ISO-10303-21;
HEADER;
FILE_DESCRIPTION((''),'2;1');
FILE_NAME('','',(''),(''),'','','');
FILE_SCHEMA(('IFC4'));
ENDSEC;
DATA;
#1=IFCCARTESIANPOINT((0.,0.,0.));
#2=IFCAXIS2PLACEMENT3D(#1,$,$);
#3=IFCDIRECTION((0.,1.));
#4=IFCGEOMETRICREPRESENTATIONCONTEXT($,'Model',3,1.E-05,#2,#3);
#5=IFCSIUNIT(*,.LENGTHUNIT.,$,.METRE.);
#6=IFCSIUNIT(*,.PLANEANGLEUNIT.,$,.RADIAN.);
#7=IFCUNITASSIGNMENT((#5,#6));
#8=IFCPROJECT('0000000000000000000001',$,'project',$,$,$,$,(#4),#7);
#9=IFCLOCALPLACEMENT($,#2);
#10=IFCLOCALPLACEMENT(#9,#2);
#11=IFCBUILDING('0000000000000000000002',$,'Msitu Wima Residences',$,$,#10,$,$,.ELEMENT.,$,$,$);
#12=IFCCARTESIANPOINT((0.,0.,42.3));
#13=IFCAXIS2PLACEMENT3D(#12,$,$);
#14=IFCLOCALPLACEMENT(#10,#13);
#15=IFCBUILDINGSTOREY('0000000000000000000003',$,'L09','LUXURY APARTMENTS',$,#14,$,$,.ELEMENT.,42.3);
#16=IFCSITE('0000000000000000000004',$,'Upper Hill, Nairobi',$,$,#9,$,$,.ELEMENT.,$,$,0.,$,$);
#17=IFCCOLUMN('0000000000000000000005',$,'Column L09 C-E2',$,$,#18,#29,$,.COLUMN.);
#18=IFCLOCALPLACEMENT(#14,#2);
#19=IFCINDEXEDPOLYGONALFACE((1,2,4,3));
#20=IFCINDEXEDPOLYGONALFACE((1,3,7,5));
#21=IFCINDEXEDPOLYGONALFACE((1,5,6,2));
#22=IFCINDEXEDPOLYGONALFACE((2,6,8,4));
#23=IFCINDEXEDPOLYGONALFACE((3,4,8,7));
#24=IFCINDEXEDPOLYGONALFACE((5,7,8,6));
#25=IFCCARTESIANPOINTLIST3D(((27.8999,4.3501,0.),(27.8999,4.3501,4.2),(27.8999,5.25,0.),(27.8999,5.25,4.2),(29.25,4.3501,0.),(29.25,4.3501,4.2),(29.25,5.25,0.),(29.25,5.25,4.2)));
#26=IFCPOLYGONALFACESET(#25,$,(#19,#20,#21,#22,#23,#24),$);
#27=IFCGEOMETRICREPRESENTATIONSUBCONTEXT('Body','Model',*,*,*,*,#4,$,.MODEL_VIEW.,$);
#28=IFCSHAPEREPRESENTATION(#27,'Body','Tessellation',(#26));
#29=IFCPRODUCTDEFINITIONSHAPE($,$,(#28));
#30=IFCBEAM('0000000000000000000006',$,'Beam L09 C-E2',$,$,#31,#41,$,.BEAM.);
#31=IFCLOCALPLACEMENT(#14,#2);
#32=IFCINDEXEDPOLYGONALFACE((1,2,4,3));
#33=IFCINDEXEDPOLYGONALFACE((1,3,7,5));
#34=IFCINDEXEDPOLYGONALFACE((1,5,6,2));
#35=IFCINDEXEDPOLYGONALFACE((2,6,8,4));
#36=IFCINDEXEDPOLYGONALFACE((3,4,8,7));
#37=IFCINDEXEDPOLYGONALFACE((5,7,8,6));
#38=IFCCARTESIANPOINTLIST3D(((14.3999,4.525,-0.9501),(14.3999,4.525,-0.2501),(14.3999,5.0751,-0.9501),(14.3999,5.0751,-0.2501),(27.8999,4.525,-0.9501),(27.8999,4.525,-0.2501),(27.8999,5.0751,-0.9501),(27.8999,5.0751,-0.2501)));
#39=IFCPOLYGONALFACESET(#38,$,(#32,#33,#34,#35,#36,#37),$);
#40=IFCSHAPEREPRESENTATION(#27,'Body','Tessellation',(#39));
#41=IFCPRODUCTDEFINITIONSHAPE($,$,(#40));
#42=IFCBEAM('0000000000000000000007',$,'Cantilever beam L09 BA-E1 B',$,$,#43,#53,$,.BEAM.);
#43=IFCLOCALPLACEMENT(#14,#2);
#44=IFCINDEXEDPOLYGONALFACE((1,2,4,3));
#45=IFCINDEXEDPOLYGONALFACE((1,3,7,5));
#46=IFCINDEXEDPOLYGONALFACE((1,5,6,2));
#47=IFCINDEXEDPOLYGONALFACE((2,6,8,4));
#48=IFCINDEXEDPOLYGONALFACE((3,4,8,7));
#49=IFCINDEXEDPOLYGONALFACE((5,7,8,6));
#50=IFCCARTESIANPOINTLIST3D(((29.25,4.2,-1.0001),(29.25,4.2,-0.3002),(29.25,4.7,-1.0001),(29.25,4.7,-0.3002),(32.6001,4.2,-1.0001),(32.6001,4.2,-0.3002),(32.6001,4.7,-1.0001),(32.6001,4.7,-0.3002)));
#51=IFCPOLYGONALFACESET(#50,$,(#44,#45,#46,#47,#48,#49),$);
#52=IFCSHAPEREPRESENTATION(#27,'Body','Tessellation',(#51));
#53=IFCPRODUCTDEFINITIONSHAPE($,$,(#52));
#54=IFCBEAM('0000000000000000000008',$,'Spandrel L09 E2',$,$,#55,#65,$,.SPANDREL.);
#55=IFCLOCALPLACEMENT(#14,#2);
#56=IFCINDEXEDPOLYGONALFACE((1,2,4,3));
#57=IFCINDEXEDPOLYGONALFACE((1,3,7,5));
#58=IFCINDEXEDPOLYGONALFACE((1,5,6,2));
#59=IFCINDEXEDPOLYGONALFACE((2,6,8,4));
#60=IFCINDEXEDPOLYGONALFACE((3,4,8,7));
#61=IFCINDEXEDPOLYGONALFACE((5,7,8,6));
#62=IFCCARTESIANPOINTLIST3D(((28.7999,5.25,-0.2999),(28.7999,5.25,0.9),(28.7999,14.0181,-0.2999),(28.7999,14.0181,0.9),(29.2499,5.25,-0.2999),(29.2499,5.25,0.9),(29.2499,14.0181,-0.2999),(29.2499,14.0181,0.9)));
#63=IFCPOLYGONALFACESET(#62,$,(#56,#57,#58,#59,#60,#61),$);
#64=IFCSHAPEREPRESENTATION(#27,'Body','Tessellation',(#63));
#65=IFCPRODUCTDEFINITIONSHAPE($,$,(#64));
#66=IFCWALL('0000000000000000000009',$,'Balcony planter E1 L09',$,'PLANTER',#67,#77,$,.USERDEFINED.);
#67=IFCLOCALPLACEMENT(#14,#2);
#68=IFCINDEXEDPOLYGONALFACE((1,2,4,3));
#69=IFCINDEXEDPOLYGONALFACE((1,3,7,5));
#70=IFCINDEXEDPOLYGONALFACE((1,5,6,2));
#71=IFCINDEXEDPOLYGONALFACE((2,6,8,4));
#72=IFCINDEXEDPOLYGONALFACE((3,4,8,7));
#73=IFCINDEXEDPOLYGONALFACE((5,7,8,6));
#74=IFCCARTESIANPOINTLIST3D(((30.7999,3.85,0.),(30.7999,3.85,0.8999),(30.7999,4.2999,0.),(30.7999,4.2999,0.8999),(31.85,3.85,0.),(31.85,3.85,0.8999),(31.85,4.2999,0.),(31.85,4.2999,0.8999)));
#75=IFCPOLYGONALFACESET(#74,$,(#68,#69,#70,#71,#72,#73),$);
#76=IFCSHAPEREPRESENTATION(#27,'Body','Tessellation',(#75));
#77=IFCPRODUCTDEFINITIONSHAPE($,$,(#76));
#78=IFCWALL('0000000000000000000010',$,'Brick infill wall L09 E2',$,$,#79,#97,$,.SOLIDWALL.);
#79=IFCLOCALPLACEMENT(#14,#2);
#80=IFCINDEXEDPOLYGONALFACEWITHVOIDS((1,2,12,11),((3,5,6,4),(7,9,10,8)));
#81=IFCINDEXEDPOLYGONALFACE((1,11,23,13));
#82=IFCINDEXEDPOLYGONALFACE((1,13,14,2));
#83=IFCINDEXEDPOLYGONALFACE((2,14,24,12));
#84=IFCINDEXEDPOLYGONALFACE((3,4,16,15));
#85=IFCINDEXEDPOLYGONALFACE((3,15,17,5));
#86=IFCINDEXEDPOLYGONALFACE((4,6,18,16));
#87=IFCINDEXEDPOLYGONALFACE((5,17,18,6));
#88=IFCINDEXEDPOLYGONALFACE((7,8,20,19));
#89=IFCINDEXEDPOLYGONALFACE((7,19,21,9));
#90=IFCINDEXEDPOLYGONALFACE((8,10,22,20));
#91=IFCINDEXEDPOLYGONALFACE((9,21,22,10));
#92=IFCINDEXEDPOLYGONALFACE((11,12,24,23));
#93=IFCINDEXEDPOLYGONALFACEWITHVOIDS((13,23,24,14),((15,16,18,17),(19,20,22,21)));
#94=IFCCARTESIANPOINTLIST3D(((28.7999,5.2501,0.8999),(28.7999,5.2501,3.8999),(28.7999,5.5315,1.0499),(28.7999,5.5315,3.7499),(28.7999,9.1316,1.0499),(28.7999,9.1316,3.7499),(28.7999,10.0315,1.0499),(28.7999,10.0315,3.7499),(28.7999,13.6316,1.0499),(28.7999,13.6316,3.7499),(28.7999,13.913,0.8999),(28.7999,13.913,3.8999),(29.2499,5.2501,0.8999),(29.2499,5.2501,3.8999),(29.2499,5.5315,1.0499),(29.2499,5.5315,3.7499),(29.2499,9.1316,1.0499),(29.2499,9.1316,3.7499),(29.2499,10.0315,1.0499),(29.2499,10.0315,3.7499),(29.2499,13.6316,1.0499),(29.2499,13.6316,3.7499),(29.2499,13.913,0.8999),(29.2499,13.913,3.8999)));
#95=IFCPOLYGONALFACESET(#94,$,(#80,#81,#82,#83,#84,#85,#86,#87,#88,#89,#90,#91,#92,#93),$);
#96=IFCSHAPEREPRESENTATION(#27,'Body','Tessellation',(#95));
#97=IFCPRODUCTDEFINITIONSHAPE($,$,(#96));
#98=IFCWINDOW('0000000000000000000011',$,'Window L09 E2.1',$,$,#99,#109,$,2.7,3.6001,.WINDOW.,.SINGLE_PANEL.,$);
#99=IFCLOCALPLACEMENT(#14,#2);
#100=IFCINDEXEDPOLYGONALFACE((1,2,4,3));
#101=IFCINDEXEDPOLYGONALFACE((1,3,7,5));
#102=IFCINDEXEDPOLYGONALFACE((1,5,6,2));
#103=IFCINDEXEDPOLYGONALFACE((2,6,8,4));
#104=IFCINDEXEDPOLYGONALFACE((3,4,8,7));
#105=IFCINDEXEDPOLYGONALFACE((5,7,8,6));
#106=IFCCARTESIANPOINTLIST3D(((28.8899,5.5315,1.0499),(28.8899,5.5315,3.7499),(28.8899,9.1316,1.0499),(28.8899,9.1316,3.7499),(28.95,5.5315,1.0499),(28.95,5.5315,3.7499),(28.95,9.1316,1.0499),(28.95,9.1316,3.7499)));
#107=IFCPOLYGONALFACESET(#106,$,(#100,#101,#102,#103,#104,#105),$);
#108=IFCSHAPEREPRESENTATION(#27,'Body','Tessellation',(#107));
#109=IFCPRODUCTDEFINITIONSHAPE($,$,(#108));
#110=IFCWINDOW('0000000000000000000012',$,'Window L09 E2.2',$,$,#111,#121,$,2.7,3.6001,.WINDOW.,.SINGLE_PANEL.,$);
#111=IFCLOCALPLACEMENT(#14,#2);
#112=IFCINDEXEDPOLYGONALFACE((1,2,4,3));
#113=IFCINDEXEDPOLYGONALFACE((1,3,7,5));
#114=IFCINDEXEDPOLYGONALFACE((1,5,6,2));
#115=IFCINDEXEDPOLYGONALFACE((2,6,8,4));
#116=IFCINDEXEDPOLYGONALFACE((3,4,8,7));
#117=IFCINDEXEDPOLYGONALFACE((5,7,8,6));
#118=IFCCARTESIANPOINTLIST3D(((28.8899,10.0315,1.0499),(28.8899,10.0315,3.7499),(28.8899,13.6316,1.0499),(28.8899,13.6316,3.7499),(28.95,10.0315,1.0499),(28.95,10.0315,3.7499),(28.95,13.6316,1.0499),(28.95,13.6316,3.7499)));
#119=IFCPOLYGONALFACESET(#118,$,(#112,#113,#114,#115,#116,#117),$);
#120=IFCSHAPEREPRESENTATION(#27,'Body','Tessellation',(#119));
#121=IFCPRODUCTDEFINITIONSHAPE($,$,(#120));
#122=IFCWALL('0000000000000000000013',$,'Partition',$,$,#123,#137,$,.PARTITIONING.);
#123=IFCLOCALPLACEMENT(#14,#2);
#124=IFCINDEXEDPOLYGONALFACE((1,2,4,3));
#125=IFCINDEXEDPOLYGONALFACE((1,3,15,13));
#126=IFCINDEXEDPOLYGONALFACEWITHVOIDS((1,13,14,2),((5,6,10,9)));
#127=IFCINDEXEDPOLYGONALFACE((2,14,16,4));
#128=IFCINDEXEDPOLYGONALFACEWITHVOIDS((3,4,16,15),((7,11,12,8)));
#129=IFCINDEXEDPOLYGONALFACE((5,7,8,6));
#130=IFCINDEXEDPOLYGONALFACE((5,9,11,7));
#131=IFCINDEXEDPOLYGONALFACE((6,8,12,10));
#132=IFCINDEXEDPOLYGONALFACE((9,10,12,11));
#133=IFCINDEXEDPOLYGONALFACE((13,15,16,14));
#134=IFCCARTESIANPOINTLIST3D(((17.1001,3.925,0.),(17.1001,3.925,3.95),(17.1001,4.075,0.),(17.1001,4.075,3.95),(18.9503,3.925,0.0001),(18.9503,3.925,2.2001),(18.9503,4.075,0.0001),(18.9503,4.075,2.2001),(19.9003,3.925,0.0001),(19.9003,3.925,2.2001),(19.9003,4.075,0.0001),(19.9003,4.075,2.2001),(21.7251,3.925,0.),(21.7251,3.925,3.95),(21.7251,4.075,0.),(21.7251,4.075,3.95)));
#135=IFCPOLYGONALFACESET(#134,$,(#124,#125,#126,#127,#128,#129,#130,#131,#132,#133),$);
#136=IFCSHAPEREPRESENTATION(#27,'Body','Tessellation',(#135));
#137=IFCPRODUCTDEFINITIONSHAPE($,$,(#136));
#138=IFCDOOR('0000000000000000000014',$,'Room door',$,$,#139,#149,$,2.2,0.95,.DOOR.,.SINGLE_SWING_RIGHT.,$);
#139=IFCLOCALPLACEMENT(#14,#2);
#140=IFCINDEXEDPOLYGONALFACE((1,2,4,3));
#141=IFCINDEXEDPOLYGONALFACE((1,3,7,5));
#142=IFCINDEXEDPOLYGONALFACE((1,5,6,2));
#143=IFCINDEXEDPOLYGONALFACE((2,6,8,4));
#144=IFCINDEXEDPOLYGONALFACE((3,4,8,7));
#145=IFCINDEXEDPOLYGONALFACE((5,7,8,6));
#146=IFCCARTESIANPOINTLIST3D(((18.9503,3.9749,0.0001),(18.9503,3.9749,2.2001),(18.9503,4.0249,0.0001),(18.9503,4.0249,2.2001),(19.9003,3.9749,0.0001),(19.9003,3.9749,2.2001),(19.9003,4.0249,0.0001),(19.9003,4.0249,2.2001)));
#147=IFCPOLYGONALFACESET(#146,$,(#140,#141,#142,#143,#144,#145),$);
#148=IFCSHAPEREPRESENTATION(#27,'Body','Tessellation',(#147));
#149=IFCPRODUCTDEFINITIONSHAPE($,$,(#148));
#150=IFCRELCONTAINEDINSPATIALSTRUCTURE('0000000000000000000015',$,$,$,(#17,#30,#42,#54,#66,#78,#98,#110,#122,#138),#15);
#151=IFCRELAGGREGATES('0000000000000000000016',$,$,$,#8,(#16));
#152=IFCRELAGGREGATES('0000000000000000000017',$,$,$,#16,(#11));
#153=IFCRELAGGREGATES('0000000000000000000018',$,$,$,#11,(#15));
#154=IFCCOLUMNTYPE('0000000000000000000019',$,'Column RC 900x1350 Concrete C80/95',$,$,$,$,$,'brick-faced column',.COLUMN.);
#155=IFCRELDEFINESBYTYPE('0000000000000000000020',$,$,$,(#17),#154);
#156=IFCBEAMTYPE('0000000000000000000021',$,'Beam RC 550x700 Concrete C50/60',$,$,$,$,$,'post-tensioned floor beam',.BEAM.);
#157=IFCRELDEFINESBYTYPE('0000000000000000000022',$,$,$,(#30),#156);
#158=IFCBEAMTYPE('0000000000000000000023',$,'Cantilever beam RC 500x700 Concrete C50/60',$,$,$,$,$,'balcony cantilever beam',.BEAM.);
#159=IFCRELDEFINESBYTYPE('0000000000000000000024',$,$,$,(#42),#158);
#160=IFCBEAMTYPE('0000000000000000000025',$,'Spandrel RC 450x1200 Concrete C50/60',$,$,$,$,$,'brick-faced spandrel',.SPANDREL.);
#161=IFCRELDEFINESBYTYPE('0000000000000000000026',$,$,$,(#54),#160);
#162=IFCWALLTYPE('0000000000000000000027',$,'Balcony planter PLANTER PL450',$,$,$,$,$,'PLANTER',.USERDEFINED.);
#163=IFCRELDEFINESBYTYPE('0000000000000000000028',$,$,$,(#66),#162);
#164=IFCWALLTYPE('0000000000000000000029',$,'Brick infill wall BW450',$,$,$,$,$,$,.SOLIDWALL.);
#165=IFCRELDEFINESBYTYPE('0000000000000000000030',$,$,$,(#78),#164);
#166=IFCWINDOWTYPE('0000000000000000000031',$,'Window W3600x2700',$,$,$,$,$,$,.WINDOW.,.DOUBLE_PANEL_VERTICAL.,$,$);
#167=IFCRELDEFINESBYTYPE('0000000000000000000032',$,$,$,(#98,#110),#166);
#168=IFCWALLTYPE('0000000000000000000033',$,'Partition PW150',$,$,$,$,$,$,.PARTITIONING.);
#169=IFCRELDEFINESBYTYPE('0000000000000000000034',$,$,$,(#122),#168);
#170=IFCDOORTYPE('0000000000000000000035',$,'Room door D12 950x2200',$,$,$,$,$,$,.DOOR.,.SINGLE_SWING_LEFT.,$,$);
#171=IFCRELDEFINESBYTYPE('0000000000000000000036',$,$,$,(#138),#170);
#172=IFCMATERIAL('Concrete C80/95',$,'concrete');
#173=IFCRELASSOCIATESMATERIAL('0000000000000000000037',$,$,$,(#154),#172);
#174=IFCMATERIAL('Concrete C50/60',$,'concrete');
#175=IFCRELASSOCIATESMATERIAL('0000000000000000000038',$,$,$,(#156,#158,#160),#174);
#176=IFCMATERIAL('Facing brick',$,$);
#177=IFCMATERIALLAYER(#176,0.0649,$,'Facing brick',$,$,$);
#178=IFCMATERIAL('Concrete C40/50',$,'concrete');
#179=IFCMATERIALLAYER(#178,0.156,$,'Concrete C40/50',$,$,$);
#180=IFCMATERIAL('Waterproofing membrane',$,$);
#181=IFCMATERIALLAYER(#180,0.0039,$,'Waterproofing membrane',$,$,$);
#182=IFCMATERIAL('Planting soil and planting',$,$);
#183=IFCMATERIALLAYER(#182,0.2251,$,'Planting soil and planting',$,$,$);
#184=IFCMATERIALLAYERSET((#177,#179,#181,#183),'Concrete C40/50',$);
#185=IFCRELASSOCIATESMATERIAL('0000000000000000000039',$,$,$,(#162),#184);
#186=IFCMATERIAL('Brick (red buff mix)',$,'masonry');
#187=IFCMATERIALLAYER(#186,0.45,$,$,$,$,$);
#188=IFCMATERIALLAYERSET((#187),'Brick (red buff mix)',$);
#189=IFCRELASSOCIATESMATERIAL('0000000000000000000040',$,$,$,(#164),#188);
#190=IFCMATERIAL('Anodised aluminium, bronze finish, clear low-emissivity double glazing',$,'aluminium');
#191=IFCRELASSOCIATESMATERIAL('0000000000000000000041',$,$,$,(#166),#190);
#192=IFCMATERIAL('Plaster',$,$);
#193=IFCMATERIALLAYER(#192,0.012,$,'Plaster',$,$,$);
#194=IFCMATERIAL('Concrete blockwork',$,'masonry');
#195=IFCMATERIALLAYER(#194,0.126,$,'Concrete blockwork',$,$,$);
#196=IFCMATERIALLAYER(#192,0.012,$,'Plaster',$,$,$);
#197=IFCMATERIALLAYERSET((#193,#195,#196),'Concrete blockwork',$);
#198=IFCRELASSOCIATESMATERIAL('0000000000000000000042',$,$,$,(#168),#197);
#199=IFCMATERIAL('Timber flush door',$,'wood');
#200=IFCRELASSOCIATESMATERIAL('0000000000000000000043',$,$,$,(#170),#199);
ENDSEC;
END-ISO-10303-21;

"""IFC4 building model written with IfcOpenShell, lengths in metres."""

from ifc_helpers import new_model, si_unit, direction, frame, frame_2d, origin, origin_2d, place, context, subcontext, project, spatial, rectangle, extrude, material, layer, layer_set, material_profile, profile_set, type_object, element, fill, save


model = new_model("IFC4")

# Units and contexts
model_context = context("Model", 3, precision=1e-05, world=origin(), true_north=direction((0.0, 1.0)))
body_context = subcontext(model_context, "Body", "Model", "MODEL_VIEW")
ifc_project = project(units=[si_unit("LENGTHUNIT", "METRE"), si_unit("PLANEANGLEUNIT", "RADIAN")], contexts=[model_context])

# Site, building, storey
site_placement = place(None, origin())
site = spatial("IfcSite", under=ifc_project, at=site_placement, Name="Upper Hill, Nairobi", CompositionType="ELEMENT", RefElevation=0.0)
building_placement = place(site_placement, origin())
building = spatial("IfcBuilding", under=site, at=building_placement, Name="Msitu Wima Residences", CompositionType="ELEMENT")
storey_placement = place(building_placement, frame((0.0, 0.0, 42.3)))
storey = spatial("IfcBuildingStorey", under=building, at=storey_placement, Name="L09", Description="LUXURY APARTMENTS", CompositionType="ELEMENT", Elevation=42.3)

# Column
ifc_material_1 = material(Name="Concrete C80/95", Category="concrete")
ifc_material_profile_1 = material_profile(ifc_material_1, rectangle(XDim=0.8999, YDim=1.3501, at=origin_2d()), Name="RC 900x1350")
ifc_profile_set_1 = profile_set([ifc_material_profile_1], Name="Concrete C80/95")
column_type = type_object("IfcColumnType", Name="Column RC 900x1350 Concrete C80/95", ElementType="brick-faced column", PredefinedType="COLUMN", material=ifc_profile_set_1)
column_placement = place(storey_placement, frame((28.575, 4.8, 0.0), z_axis=(0.0, 0.0, 1.0), x_axis=(0.0, 1.0, 0.0)))
element("IfcColumn", 1, at=column_placement, inside=storey, type_object=column_type, Name="Column L09 C-E2", PredefinedType="COLUMN", context=body_context, shape_type="SweptSolid", body=[
    extrude(rectangle(XDim=0.8999, YDim=1.3501, at=origin_2d()), origin(), (0.0, 0.0, 1.0), 4.2),
])

# Beams
ifc_material_2 = material(Name="Concrete C50/60", Category="concrete")
ifc_material_profile_2 = material_profile(ifc_material_2, rectangle(XDim=0.55, YDim=0.7, at=origin_2d()), Name="RC 550x700")
ifc_profile_set_2 = profile_set([ifc_material_profile_2], Name="Concrete C50/60")
beam_type_1 = type_object("IfcBeamType", Name="Beam RC 550x700 Concrete C50/60", ElementType="post-tensioned floor beam", PredefinedType="BEAM", material=ifc_profile_set_2)
beam_1_placement = place(storey_placement, frame((27.8999, 4.8, -0.6001), z_axis=(-1.0, 0.0, 0.0), x_axis=(0.0, -1.0, 0.0)))
element("IfcBeam", 2, at=beam_1_placement, inside=storey, type_object=beam_type_1, Name="Beam L09 C-E2", PredefinedType="BEAM", context=body_context, shape_type="SweptSolid", body=[
    extrude(rectangle(XDim=0.55, YDim=0.7, at=origin_2d()), origin(), (0.0, 0.0, 1.0), 13.5),
])
ifc_material_profile_3 = material_profile(ifc_material_2, rectangle(XDim=0.5, YDim=0.7, at=origin_2d()), Name="RC 500x700")
ifc_profile_set_3 = profile_set([ifc_material_profile_3], Name="Concrete C50/60")
beam_type_2 = type_object("IfcBeamType", Name="Cantilever beam RC 500x700 Concrete C50/60", ElementType="balcony cantilever beam", PredefinedType="BEAM", material=ifc_profile_set_3)
beam_2_placement = place(storey_placement, frame((29.25, 4.45, -0.6501), z_axis=(1.0, 0.0, 0.0), x_axis=(0.0, 1.0, 0.0)))
element("IfcBeam", 3, at=beam_2_placement, inside=storey, type_object=beam_type_2, Name="Cantilever beam L09 BA-E1 B", PredefinedType="BEAM", context=body_context, shape_type="SweptSolid", body=[
    extrude(rectangle(XDim=0.5, YDim=0.7, at=origin_2d()), origin(), (0.0, 0.0, 1.0), 3.3501),
])
ifc_material_profile_4 = material_profile(ifc_material_2, rectangle(XDim=0.45, YDim=1.2, at=origin_2d()), Name="RC 450x1200")
ifc_profile_set_4 = profile_set([ifc_material_profile_4], Name="Concrete C50/60")
beam_type_3 = type_object("IfcBeamType", Name="Spandrel RC 450x1200 Concrete C50/60", ElementType="brick-faced spandrel", PredefinedType="SPANDREL", material=ifc_profile_set_4)
beam_3_placement = place(storey_placement, frame((29.0249, 5.25, 0.3), z_axis=(0.0, 1.0, 0.0), x_axis=(-1.0, 0.0, 0.0)))
element("IfcBeam", 4, at=beam_3_placement, inside=storey, type_object=beam_type_3, Name="Spandrel L09 E2", PredefinedType="SPANDREL", context=body_context, shape_type="SweptSolid", body=[
    extrude(rectangle(XDim=0.45, YDim=1.2, at=origin_2d()), origin(), (0.0, 0.0, 1.0), 8.7681),
])

# Wall
ifc_material_3 = material(Name="Facing brick")
ifc_layer_1 = layer(ifc_material_3, 0.0649, Name="Facing brick")
ifc_material_4 = material(Name="Concrete C40/50", Category="concrete")
ifc_layer_2 = layer(ifc_material_4, 0.156, Name="Concrete C40/50")
ifc_material_5 = material(Name="Waterproofing membrane")
ifc_layer_3 = layer(ifc_material_5, 0.0039, Name="Waterproofing membrane")
ifc_material_6 = material(Name="Planting soil and planting")
ifc_layer_4 = layer(ifc_material_6, 0.2251, Name="Planting soil and planting")
ifc_layer_set_1 = layer_set([ifc_layer_1, ifc_layer_2, ifc_layer_3, ifc_layer_4], Name="Concrete C40/50")
wall_type_1 = type_object("IfcWallType", Name="Balcony planter PLANTER PL450", ElementType="PLANTER", PredefinedType="USERDEFINED", material=ifc_layer_set_1)
wall_1_placement = place(storey_placement, frame((30.8, 4.075, 0.0), z_axis=(0.0, 0.0, 1.0), x_axis=(1.0, 0.0, 0.0)))
element("IfcWall", 5, at=wall_1_placement, inside=storey, type_object=wall_type_1, Name="Balcony planter E1 L09", ObjectType="PLANTER", PredefinedType="USERDEFINED", context=body_context, shape_type="SweptSolid", body=[
    extrude(rectangle(XDim=1.05, YDim=0.45, at=frame_2d((0.5249, 0.0))), origin(), (0.0, 0.0, 1.0), 0.8999),
])

# Wall, openings, windows
ifc_material_7 = material(Name="Brick (red buff mix)", Category="masonry")
ifc_layer_5 = layer(ifc_material_7, 0.45)
ifc_layer_set_2 = layer_set([ifc_layer_5], Name="Brick (red buff mix)")
wall_type_2 = type_object("IfcWallType", Name="Brick infill wall BW450", PredefinedType="SOLIDWALL", material=ifc_layer_set_2)
wall_2_placement = place(storey_placement, frame((29.0249, 5.25, 0.8999), z_axis=(0.0, 0.0, 1.0), x_axis=(0.0, 1.0, 0.0)))
wall_2 = element("IfcWall", 6, at=wall_2_placement, inside=storey, type_object=wall_type_2, Name="Brick infill wall L09 E2", PredefinedType="SOLIDWALL", context=body_context, shape_type="SweptSolid", body=[
    extrude(rectangle(XDim=8.6628, YDim=0.45, at=frame_2d((4.3315, 0.0))), origin(), (0.0, 0.0, 1.0), 3.0),
])
opening_1_placement = place(wall_2_placement, frame((0.2815, 0.0, 0.1499)))
opening_1 = element("IfcOpeningElement", 7, at=opening_1_placement, cuts=wall_2, PredefinedType="OPENING", context=body_context, shape_type="SweptSolid", body=[
    extrude(rectangle(XDim=3.6001, YDim=2.7, at=frame_2d((1.8, 1.3501))), frame((0.0, 0.2349, 0.0), z_axis=(0.0, -1.0, 0.0), x_axis=(1.0, 0.0, 0.0)), (0.0, 0.0, 1.0), 0.47),
])
opening_2_placement = place(wall_2_placement, frame((4.7815, 0.0, 0.1499)))
opening_2 = element("IfcOpeningElement", 8, at=opening_2_placement, cuts=wall_2, PredefinedType="OPENING", context=body_context, shape_type="SweptSolid", body=[
    extrude(rectangle(XDim=3.6001, YDim=2.7, at=frame_2d((1.8, 1.3501))), frame((0.0, 0.2349, 0.0), z_axis=(0.0, -1.0, 0.0), x_axis=(1.0, 0.0, 0.0)), (0.0, 0.0, 1.0), 0.47),
])
ifc_material_8 = material(Name="Anodised aluminium, bronze finish, clear low-emissivity double glazing", Category="aluminium")
window_type = type_object("IfcWindowType", Name="Window W3600x2700", PartitioningType="DOUBLE_PANEL_VERTICAL", PredefinedType="WINDOW", material=ifc_material_8)
window_1_placement = place(opening_1_placement, origin())
window_1 = element("IfcWindow", 9, at=window_1_placement, inside=storey, type_object=window_type, Name="Window L09 E2.1", OverallHeight=2.7, OverallWidth=3.6001, PartitioningType="SINGLE_PANEL", PredefinedType="WINDOW", context=body_context, shape_type="SweptSolid", body=[
    extrude(rectangle(XDim=3.6001, YDim=2.7, at=frame_2d((1.8, 1.3501))), frame((0.0, 0.135, 0.0), z_axis=(0.0, -1.0, 0.0), x_axis=(1.0, 0.0, 0.0)), (0.0, 0.0, 1.0), 0.0601),
])
fill(opening_1, window_1)
window_2_placement = place(opening_2_placement, origin())
window_2 = element("IfcWindow", 10, at=window_2_placement, inside=storey, type_object=window_type, Name="Window L09 E2.2", OverallHeight=2.7, OverallWidth=3.6001, PartitioningType="SINGLE_PANEL", PredefinedType="WINDOW", context=body_context, shape_type="SweptSolid", body=[
    extrude(rectangle(XDim=3.6001, YDim=2.7, at=frame_2d((1.8, 1.3501))), frame((0.0, 0.135, 0.0), z_axis=(0.0, -1.0, 0.0), x_axis=(1.0, 0.0, 0.0)), (0.0, 0.0, 1.0), 0.0601),
])
fill(opening_2, window_2)

# Wall, opening, door
ifc_material_9 = material(Name="Plaster")
ifc_layer_6 = layer(ifc_material_9, 0.012, Name="Plaster")
ifc_material_10 = material(Name="Concrete blockwork", Category="masonry")
ifc_layer_7 = layer(ifc_material_10, 0.126, Name="Concrete blockwork")
ifc_layer_8 = layer(ifc_material_9, 0.012, Name="Plaster")
ifc_layer_set_3 = layer_set([ifc_layer_6, ifc_layer_7, ifc_layer_8], Name="Concrete blockwork")
wall_type_3 = type_object("IfcWallType", Name="Partition PW150", PredefinedType="PARTITIONING", material=ifc_layer_set_3)
wall_3_placement = place(storey_placement, frame((17.1001, 4.0, 0.0), z_axis=(0.0, 0.0, 1.0), x_axis=(1.0, 0.0, 0.0)))
wall_3 = element("IfcWall", 11, at=wall_3_placement, inside=storey, type_object=wall_type_3, Name="Partition", PredefinedType="PARTITIONING", context=body_context, shape_type="SweptSolid", body=[
    extrude(rectangle(XDim=4.625, YDim=0.1499, at=frame_2d((2.3125, 0.0))), origin(), (0.0, 0.0, 1.0), 3.95),
])
opening_3_placement = place(wall_3_placement, frame((1.8501, 0.0, 0.0)))
opening_3 = element("IfcOpeningElement", 12, at=opening_3_placement, cuts=wall_3, PredefinedType="OPENING", context=body_context, shape_type="SweptSolid", body=[
    extrude(rectangle(XDim=0.95, YDim=2.2, at=frame_2d((0.4751, 1.1001))), frame((0.0, 0.085, 0.0), z_axis=(0.0, -1.0, 0.0), x_axis=(1.0, 0.0, 0.0)), (0.0, 0.0, 1.0), 0.1699),
])
ifc_material_11 = material(Name="Timber flush door", Category="wood")
door_type_1 = type_object("IfcDoorType", Name="Room door D12 950x2200", OperationType="SINGLE_SWING_LEFT", PredefinedType="DOOR", material=ifc_material_11)
door_1_placement = place(opening_3_placement, origin())
door_1 = element("IfcDoor", 13, at=door_1_placement, inside=storey, type_object=door_type_1, Name="Room door", OperationType="SINGLE_SWING_RIGHT", OverallHeight=2.2, OverallWidth=0.95, PredefinedType="DOOR", context=body_context, shape_type="SweptSolid", body=[
    extrude(rectangle(XDim=0.95, YDim=2.2, at=frame_2d((0.4751, 1.1001))), frame((0.0, 0.0249, 0.0), z_axis=(0.0, -1.0, 0.0), x_axis=(1.0, 0.0, 0.0)), (0.0, 0.0, 1.0), 0.05),
])
fill(opening_3, door_1)

save(model, "model.ifc")
